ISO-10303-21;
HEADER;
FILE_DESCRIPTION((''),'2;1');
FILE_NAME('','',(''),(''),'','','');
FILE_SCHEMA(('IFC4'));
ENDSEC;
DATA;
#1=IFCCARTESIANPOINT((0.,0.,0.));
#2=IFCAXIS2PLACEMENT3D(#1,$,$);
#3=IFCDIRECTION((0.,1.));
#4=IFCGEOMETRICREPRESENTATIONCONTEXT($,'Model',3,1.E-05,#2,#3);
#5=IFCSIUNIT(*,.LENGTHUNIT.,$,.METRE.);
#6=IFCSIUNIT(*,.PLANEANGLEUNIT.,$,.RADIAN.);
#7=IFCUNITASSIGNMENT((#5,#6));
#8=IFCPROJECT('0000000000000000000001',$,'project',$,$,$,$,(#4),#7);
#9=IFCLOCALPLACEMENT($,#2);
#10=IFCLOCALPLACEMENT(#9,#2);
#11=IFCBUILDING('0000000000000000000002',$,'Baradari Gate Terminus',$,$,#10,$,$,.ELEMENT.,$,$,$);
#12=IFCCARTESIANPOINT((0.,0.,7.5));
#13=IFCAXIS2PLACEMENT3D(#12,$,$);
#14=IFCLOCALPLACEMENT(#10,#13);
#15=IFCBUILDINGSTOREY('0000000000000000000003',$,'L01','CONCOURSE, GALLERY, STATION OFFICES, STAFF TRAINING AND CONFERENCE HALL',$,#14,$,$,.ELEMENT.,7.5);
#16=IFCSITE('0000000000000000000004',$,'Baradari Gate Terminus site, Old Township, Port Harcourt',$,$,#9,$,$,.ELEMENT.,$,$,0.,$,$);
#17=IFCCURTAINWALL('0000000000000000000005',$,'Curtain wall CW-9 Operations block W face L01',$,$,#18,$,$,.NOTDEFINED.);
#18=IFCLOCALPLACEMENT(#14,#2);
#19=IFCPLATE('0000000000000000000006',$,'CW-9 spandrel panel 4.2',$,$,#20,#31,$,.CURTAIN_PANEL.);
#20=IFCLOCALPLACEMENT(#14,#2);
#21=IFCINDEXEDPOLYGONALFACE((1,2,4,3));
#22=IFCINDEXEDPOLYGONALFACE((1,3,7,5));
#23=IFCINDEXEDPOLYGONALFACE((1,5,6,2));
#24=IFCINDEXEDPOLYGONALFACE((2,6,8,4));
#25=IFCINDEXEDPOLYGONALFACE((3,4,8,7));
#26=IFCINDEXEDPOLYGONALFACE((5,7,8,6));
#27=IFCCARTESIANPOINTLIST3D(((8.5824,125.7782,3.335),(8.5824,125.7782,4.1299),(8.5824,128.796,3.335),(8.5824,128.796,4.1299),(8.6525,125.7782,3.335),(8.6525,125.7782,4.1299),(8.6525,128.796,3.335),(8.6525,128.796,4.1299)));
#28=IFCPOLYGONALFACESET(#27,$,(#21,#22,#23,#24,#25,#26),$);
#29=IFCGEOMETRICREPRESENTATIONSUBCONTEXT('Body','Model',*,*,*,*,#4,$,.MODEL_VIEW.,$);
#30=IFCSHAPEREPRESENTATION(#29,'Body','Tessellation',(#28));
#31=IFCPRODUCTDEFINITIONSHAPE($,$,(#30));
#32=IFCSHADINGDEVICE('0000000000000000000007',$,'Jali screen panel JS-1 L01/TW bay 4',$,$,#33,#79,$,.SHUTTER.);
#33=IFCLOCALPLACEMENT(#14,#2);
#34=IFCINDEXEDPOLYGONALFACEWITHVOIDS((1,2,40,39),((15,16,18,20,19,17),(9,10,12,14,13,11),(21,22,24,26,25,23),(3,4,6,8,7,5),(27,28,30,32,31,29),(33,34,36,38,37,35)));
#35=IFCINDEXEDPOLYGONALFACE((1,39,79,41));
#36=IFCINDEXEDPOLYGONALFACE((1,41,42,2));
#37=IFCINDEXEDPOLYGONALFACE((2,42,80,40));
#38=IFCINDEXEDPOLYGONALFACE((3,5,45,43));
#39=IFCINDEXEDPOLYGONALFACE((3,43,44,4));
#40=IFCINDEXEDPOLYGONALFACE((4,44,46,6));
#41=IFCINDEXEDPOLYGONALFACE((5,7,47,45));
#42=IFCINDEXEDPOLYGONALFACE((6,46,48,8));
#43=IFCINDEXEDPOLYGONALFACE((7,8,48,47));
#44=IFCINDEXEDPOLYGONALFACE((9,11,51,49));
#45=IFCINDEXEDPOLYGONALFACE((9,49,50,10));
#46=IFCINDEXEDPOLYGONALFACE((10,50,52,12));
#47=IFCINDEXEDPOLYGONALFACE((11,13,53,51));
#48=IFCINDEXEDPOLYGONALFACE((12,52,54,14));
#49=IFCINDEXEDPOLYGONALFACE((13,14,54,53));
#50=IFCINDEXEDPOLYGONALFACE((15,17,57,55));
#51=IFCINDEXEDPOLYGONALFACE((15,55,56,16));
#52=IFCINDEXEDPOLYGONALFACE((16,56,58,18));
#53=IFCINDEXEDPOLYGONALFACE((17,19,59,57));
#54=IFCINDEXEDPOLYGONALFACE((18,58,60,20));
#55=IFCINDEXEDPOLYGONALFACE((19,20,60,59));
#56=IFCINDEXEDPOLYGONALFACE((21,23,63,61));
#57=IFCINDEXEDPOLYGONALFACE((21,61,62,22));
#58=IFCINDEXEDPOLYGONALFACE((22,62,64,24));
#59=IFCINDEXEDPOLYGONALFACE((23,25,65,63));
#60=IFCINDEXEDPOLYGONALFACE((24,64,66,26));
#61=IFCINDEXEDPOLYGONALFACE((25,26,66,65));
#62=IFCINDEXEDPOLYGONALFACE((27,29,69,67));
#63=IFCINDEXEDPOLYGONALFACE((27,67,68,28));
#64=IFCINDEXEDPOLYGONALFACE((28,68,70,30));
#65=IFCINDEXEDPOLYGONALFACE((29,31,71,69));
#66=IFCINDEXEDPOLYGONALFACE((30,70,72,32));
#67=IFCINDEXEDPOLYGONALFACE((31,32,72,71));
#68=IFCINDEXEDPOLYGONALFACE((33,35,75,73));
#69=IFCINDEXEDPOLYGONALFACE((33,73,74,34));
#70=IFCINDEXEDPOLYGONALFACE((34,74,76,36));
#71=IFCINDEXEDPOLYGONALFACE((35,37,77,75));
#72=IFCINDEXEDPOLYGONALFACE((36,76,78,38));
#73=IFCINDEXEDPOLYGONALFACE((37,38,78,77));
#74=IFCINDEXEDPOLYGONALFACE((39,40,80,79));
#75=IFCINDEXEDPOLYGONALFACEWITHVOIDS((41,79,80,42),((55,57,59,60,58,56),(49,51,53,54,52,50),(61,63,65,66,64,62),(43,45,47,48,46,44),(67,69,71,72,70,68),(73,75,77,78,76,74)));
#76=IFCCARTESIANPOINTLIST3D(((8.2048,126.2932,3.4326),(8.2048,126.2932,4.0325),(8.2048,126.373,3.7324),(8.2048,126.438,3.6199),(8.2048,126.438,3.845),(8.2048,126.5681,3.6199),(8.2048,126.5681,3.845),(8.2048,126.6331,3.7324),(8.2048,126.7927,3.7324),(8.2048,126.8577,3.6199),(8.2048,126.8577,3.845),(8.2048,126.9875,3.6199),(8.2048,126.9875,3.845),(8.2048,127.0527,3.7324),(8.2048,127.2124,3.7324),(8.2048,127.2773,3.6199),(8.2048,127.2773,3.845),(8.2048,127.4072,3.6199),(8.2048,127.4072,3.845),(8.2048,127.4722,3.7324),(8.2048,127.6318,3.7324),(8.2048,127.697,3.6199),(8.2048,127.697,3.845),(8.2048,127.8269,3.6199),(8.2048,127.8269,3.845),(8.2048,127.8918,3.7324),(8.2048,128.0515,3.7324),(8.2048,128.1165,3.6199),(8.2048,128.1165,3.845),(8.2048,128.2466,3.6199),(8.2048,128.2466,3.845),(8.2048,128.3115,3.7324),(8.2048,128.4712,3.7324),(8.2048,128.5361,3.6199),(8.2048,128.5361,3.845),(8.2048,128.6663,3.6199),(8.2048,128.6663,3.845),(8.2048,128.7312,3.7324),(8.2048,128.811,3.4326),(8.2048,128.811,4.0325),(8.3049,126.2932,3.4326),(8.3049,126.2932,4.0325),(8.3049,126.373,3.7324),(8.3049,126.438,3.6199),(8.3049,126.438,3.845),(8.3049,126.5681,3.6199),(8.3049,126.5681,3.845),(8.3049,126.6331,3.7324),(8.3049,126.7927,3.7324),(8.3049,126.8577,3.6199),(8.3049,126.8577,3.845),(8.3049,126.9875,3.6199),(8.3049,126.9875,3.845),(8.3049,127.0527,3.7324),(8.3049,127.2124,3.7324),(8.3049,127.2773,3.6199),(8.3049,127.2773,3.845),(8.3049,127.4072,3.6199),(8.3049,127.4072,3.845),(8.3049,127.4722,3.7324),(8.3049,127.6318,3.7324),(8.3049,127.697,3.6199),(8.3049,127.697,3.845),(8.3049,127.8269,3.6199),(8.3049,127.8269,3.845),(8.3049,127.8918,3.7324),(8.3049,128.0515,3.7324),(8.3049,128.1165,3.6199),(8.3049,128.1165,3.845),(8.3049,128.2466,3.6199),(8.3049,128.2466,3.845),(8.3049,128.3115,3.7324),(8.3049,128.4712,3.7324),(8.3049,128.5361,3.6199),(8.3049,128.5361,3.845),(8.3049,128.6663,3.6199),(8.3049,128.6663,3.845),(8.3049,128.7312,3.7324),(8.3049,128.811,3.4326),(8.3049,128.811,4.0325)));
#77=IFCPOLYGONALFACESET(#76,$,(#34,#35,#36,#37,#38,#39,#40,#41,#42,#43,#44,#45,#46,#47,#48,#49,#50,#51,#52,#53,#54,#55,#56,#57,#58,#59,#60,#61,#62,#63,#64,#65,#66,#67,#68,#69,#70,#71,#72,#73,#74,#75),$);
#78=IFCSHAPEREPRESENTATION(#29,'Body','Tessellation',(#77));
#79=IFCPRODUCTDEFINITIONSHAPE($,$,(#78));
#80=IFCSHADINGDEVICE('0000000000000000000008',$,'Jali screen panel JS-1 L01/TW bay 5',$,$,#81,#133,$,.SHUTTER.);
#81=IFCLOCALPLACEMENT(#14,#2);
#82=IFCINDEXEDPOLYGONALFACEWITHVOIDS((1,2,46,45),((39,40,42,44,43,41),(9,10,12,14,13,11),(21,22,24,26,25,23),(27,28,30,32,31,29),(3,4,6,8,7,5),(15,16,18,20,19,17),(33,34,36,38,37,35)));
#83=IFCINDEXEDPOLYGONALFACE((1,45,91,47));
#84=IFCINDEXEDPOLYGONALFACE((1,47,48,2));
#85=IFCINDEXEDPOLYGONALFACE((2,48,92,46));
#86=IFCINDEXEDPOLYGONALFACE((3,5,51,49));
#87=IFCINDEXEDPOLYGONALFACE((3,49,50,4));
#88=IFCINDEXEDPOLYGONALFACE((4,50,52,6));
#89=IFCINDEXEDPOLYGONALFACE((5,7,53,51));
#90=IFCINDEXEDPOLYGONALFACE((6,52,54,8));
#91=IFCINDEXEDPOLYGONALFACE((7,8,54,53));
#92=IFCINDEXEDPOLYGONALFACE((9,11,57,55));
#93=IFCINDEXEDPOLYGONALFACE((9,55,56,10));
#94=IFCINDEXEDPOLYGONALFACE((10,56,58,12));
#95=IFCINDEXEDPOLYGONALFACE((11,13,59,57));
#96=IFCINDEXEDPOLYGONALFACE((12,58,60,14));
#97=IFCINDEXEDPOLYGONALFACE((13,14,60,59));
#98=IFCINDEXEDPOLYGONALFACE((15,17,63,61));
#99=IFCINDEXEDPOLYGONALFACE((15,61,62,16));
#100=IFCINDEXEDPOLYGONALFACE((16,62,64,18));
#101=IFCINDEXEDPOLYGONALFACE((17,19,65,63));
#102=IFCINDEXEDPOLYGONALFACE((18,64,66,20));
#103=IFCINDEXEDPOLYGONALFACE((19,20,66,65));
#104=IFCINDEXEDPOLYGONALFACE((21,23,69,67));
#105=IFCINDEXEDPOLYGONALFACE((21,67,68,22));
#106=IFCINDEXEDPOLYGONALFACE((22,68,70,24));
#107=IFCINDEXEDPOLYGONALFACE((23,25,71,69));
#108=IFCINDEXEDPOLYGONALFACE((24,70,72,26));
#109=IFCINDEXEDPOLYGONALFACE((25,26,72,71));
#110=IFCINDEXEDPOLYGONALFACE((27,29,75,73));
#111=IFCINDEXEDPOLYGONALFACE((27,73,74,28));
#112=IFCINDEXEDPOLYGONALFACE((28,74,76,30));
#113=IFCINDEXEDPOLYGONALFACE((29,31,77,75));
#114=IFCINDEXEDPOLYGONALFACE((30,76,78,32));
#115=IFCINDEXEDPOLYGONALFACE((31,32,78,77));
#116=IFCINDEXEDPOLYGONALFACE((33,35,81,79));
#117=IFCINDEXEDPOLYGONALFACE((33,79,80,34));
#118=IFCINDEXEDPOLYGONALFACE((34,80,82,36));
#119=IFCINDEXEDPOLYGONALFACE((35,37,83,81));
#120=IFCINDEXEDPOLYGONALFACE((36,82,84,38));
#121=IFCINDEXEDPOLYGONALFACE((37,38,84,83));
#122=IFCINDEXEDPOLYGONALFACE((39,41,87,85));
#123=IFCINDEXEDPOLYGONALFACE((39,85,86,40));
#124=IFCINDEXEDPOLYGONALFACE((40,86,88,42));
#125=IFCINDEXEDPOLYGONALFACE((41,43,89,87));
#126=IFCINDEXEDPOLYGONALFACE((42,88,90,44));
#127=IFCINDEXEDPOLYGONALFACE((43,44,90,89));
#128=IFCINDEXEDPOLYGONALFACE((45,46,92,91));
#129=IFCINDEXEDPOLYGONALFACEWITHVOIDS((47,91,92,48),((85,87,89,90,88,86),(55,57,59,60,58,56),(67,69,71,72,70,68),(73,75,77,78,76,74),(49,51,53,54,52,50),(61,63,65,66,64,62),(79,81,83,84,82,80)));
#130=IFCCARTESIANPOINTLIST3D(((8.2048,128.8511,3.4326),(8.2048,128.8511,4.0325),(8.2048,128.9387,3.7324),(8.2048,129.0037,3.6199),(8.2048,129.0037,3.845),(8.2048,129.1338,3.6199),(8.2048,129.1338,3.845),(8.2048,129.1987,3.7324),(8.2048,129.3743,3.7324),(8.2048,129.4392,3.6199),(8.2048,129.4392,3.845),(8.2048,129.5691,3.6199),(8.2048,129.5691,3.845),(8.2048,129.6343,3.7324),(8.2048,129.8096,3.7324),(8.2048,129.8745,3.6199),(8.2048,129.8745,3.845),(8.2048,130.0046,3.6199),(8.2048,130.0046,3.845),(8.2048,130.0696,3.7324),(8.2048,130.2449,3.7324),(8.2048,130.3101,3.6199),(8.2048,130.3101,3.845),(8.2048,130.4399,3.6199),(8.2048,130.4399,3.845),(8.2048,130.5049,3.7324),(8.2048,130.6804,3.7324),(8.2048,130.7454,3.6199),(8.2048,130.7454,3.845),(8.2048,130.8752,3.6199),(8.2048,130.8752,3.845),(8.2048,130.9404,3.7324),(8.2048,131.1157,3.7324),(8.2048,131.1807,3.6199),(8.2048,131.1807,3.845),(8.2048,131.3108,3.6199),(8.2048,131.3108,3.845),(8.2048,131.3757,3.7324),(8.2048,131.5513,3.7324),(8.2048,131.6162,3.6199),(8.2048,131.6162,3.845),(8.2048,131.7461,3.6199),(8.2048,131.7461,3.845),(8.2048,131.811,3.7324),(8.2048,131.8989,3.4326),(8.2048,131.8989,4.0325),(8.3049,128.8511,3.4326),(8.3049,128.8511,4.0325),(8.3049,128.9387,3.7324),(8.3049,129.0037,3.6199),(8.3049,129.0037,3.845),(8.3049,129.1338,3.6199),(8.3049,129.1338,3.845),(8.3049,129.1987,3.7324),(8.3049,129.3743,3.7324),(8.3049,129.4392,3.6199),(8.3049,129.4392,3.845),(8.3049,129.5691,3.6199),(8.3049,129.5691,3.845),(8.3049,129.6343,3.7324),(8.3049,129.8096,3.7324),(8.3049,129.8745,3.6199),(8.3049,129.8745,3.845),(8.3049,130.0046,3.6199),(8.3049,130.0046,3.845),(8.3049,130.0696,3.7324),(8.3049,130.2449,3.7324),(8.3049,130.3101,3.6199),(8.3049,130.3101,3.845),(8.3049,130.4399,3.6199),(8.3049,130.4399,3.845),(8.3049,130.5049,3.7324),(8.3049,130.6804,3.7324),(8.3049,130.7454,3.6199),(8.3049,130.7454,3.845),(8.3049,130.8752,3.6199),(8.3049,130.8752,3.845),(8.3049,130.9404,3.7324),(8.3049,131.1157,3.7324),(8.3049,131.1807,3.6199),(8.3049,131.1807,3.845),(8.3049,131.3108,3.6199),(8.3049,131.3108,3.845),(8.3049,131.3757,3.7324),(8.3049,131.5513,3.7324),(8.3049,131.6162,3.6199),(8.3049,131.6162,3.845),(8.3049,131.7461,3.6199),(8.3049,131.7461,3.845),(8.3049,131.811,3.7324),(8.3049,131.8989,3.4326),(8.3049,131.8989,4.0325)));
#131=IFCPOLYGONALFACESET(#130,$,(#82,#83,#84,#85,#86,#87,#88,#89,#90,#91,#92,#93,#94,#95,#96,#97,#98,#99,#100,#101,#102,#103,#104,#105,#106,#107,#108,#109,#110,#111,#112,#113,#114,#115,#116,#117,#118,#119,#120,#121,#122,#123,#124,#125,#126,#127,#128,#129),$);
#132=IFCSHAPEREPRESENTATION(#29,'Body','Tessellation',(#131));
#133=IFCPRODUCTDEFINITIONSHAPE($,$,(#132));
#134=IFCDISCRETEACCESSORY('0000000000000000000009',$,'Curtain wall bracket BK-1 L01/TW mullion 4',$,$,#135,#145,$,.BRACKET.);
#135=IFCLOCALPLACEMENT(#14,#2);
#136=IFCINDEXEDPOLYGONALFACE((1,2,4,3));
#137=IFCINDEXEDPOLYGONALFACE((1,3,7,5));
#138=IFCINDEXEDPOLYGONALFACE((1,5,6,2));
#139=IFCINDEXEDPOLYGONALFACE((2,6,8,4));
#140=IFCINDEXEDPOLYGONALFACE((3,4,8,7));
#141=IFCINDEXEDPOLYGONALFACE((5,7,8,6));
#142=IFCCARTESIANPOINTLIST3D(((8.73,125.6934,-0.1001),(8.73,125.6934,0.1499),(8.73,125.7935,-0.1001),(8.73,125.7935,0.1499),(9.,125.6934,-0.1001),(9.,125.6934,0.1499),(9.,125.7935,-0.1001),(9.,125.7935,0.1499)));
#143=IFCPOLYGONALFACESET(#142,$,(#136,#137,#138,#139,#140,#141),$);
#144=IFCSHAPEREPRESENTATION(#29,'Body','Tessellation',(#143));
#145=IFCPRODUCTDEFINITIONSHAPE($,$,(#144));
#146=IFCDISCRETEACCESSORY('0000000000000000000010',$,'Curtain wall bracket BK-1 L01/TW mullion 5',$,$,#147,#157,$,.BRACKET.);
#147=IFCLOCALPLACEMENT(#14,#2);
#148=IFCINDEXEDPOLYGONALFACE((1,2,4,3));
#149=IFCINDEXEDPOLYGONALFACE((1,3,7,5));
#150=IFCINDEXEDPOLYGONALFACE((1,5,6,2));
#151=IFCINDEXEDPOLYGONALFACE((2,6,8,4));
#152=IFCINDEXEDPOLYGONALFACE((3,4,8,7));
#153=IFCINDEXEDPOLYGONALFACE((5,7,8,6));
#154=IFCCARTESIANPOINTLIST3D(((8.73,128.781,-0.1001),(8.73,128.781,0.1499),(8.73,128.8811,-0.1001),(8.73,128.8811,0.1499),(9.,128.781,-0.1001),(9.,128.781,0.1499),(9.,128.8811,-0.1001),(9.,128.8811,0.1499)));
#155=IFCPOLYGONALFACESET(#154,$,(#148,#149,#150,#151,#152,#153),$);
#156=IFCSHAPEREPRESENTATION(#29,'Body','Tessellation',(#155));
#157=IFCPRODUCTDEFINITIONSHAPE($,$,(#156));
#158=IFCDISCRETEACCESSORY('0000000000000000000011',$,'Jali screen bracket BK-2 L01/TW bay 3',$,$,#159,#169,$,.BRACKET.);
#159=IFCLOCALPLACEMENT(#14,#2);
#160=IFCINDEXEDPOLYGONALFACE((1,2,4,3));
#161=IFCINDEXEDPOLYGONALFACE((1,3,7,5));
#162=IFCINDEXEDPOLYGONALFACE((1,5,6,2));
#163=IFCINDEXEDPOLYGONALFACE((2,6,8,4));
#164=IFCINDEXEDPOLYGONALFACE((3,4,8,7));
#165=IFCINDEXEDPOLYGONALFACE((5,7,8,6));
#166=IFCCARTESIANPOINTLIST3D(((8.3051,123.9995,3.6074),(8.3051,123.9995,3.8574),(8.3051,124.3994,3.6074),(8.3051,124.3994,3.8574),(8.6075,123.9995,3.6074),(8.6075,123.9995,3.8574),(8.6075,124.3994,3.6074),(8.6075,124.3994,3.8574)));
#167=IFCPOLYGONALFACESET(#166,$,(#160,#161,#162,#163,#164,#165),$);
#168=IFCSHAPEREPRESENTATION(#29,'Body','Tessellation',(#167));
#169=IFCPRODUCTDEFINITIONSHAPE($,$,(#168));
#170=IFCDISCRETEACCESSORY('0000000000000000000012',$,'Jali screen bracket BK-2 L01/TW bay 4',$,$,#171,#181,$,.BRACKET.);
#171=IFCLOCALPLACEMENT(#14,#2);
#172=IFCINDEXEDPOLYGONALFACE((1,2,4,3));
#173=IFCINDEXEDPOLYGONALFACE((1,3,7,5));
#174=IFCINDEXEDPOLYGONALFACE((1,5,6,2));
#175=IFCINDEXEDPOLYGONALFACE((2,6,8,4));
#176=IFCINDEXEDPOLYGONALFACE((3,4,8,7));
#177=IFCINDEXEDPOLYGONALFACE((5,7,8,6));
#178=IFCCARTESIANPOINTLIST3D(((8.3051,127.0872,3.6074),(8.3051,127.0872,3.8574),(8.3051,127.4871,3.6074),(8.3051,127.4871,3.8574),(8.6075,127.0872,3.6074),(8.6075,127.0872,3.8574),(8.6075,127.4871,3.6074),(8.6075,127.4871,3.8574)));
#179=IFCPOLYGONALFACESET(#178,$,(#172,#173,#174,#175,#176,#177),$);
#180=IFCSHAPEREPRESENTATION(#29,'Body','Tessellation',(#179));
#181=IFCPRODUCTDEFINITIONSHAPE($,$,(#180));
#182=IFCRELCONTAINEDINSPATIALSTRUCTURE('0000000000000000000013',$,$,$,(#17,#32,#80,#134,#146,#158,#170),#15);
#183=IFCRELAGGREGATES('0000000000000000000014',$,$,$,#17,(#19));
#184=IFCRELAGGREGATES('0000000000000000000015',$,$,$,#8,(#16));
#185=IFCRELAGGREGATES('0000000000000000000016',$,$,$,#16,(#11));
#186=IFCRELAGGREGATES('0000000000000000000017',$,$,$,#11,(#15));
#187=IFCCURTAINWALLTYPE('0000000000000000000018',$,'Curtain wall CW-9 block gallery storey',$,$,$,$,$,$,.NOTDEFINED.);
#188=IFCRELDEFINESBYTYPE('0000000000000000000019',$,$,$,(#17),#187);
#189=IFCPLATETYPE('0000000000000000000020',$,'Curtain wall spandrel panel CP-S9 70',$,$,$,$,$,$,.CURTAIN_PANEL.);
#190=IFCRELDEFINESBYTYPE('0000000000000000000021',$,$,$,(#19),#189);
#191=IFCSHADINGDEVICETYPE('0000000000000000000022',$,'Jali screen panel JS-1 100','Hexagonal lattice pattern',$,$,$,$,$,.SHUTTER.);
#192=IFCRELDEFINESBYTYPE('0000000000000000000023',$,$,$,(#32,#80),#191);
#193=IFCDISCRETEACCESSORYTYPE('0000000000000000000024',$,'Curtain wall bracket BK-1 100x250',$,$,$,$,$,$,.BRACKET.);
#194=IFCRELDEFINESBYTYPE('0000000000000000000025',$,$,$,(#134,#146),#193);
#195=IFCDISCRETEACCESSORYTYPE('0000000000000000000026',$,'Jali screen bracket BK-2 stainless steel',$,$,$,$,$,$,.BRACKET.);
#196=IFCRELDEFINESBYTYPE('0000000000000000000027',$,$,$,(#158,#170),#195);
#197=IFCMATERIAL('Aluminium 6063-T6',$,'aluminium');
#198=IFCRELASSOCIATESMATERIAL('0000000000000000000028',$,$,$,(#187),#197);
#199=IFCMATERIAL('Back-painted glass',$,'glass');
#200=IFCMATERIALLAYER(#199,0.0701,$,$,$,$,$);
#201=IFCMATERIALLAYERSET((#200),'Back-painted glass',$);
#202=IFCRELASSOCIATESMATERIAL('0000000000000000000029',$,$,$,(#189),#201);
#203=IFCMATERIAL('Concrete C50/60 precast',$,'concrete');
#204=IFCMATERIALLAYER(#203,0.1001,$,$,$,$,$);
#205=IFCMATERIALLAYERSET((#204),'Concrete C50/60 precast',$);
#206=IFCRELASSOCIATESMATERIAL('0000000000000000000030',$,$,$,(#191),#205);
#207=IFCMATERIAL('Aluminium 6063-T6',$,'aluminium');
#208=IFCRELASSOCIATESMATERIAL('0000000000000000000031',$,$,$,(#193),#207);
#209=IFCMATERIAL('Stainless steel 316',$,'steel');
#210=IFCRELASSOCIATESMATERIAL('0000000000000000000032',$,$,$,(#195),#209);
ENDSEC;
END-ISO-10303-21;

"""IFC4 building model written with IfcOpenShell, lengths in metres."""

from ifc_helpers import new_model, si_unit, direction, frame, origin, origin_2d, place, context, subcontext, project, spatial, polyline, rectangle, outline, extrude, material, layer, layer_set, type_object, element, aggregate, save


model = new_model("IFC4")

# Units and contexts
model_context = context("Model", 3, precision=1e-05, world=origin(), true_north=direction((0.0, 1.0)))
body_context = subcontext(model_context, "Body", "Model", "MODEL_VIEW")
ifc_project = project(units=[si_unit("LENGTHUNIT", "METRE"), si_unit("PLANEANGLEUNIT", "RADIAN")], contexts=[model_context])

# Site, building, storey
site_placement = place(None, origin())
site = spatial("IfcSite", under=ifc_project, at=site_placement, Name="Baradari Gate Terminus site, Old Township, Port Harcourt", CompositionType="ELEMENT", RefElevation=0.0)
building_placement = place(site_placement, origin())
building = spatial("IfcBuilding", under=site, at=building_placement, Name="Baradari Gate Terminus", CompositionType="ELEMENT")
storey_placement = place(building_placement, frame((0.0, 0.0, 7.5)))
storey = spatial("IfcBuildingStorey", under=building, at=storey_placement, Name="L01", Description="CONCOURSE, GALLERY, STATION OFFICES, STAFF TRAINING AND CONFERENCE HALL", CompositionType="ELEMENT", Elevation=7.5)

# Curtain wall
ifc_material_1 = material(Name="Aluminium 6063-T6", Category="aluminium")
curtain_wall_type = type_object("IfcCurtainWallType", Name="Curtain wall CW-9 block gallery storey", PredefinedType="NOTDEFINED", material=ifc_material_1)
curtain_wall_placement = place(storey_placement, origin())
curtain_wall = element("IfcCurtainWall", 1, at=curtain_wall_placement, inside=storey, type_object=curtain_wall_type, Name="Curtain wall CW-9 Operations block W face L01", PredefinedType="NOTDEFINED")

# Plate
ifc_material_2 = material(Name="Back-painted glass", Category="glass")
ifc_layer_1 = layer(ifc_material_2, 0.0701)
ifc_layer_set_1 = layer_set([ifc_layer_1], Name="Back-painted glass")
plate_type_1 = type_object("IfcPlateType", Name="Curtain wall spandrel panel CP-S9 70", PredefinedType="CURTAIN_PANEL", material=ifc_layer_set_1)
plate_1_placement = place(storey_placement, frame((8.6174, 127.2871, 3.335), z_axis=(0.0, 0.0, 1.0), x_axis=(0.0, 1.0, 0.0)))
plate_1 = element("IfcPlate", 2, at=plate_1_placement, type_object=plate_type_1, Name="CW-9 spandrel panel 4.2", PredefinedType="CURTAIN_PANEL", context=body_context, shape_type="SweptSolid", body=[
    extrude(rectangle(XDim=3.0178, YDim=0.0701, at=origin_2d()), origin(), (0.0, 0.0, 1.0), 0.7949),
])
aggregate(curtain_wall, [plate_1])

# Shading devices
ifc_material_3 = material(Name="Concrete C50/60 precast", Category="concrete")
ifc_layer_2 = layer(ifc_material_3, 0.1001)
ifc_layer_set_2 = layer_set([ifc_layer_2], Name="Concrete C50/60 precast")
shading_device_type = type_object("IfcShadingDeviceType", Name="Jali screen panel JS-1 100", Description="Hexagonal lattice pattern", PredefinedType="SHUTTER", material=ifc_layer_set_2)
shading_device_1_placement = place(storey_placement, frame((8.2549, 126.2932, 3.4326), z_axis=(0.0, 0.0, 1.0), x_axis=(0.0, 1.0, 0.0)))
element("IfcShadingDevice", 3, at=shading_device_1_placement, inside=storey, type_object=shading_device_type, Name="Jali screen panel JS-1 L01/TW bay 4", PredefinedType="SHUTTER", context=body_context, shape_type="SweptSolid", body=[
    extrude(outline(polyline([(0.0, 0.0), (2.5178, 0.0), (2.5178, 0.5999), (0.0, 0.5999), (0.0, 0.0)]), holes=[polyline([(0.3398, 0.2998), (0.2749, 0.1873), (0.1448, 0.1873), (0.0798, 0.2998), (0.1448, 0.4124), (0.2749, 0.4124), (0.3398, 0.2998)]), polyline([(0.7595, 0.2998), (0.6943, 0.1873), (0.5645, 0.1873), (0.4995, 0.2998), (0.5645, 0.4124), (0.6943, 0.4124), (0.7595, 0.2998)]), polyline([(1.179, 0.2998), (1.114, 0.1873), (0.9841, 0.1873), (0.9192, 0.2998), (0.9841, 0.4124), (1.114, 0.4124), (1.179, 0.2998)]), polyline([(1.5986, 0.2998), (1.5337, 0.1873), (1.4038, 0.1873), (1.3386, 0.2998), (1.4038, 0.4124), (1.5337, 0.4124), (1.5986, 0.2998)]), polyline([(2.0183, 0.2998), (1.9534, 0.1873), (1.8232, 0.1873), (1.7583, 0.2998), (1.8232, 0.4124), (1.9534, 0.4124), (2.0183, 0.2998)]), polyline([(2.438, 0.2998), (2.373, 0.1873), (2.2429, 0.1873), (2.178, 0.2998), (2.2429, 0.4124), (2.373, 0.4124), (2.438, 0.2998)])]), frame((0.0, 0.05, 0.0), z_axis=(0.0, -1.0, 0.0), x_axis=(1.0, 0.0, 0.0)), (0.0, 0.0, 1.0), 0.1001),
])
shading_device_2_placement = place(storey_placement, frame((8.2549, 128.8511, 3.4326), z_axis=(0.0, 0.0, 1.0), x_axis=(0.0, 1.0, 0.0)))
element("IfcShadingDevice", 4, at=shading_device_2_placement, inside=storey, type_object=shading_device_type, Name="Jali screen panel JS-1 L01/TW bay 5", PredefinedType="SHUTTER", context=body_context, shape_type="SweptSolid", body=[
    extrude(outline(polyline([(0.0, 0.0), (3.0479, 0.0), (3.0479, 0.5999), (0.0, 0.5999), (0.0, 0.0)]), holes=[polyline([(0.3477, 0.2998), (0.2827, 0.1873), (0.1526, 0.1873), (0.0876, 0.2998), (0.1526, 0.4124), (0.2827, 0.4124), (0.3477, 0.2998)]), polyline([(0.7832, 0.2998), (0.718, 0.1873), (0.5881, 0.1873), (0.5232, 0.2998), (0.5881, 0.4124), (0.718, 0.4124), (0.7832, 0.2998)]), polyline([(1.2185, 0.2998), (1.1536, 0.1873), (1.0234, 0.1873), (0.9585, 0.2998), (1.0234, 0.4124), (1.1536, 0.4124), (1.2185, 0.2998)]), polyline([(1.6538, 0.2998), (1.5889, 0.1873), (1.459, 0.1873), (1.3938, 0.2998), (1.459, 0.4124), (1.5889, 0.4124), (1.6538, 0.2998)]), polyline([(2.0894, 0.2998), (2.0242, 0.1873), (1.8943, 0.1873), (1.8293, 0.2998), (1.8943, 0.4124), (2.0242, 0.4124), (2.0894, 0.2998)]), polyline([(2.5247, 0.2998), (2.4597, 0.1873), (2.3296, 0.1873), (2.2646, 0.2998), (2.3296, 0.4124), (2.4597, 0.4124), (2.5247, 0.2998)]), polyline([(2.96, 0.2998), (2.895, 0.1873), (2.7651, 0.1873), (2.7002, 0.2998), (2.7651, 0.4124), (2.895, 0.4124), (2.96, 0.2998)])]), frame((0.0, 0.05, 0.0), z_axis=(0.0, -1.0, 0.0), x_axis=(1.0, 0.0, 0.0)), (0.0, 0.0, 1.0), 0.1001),
])

# Discrete accessories
ifc_material_4 = material(Name="Aluminium 6063-T6", Category="aluminium")
discrete_accessory_type_1 = type_object("IfcDiscreteAccessoryType", Name="Curtain wall bracket BK-1 100x250", PredefinedType="BRACKET", material=ifc_material_4)
for number, where, z_axis, x_axis, name in (
    (5, (8.865, 125.7434, -0.1001), (0.0, 0.0, 1.0), (-1.0, 0.0, 0.0), "Curtain wall bracket BK-1 L01/TW mullion 4"),
    (6, (8.865, 128.8311, -0.1001), (0.0, 0.0, 1.0), (-1.0, 0.0, 0.0), "Curtain wall bracket BK-1 L01/TW mullion 5"),
):
    element("IfcDiscreteAccessory", number, at=place(storey_placement, frame(where, z_axis=z_axis, x_axis=x_axis)), inside=storey, type_object=discrete_accessory_type_1, Name=name, PredefinedType="BRACKET", context=body_context, shape_type="SweptSolid", body=[
        extrude(rectangle(XDim=0.27, YDim=0.1001, at=origin_2d()), origin(), (0.0, 0.0, 1.0), 0.25),
    ])
ifc_material_5 = material(Name="Stainless steel 316", Category="steel")
discrete_accessory_type_2 = type_object("IfcDiscreteAccessoryType", Name="Jali screen bracket BK-2 stainless steel", PredefinedType="BRACKET", material=ifc_material_5)
for number, where, z_axis, x_axis, name in (
    (7, (8.4563, 124.1995, 3.6074), (0.0, 0.0, 1.0), (-1.0, 0.0, 0.0), "Jali screen bracket BK-2 L01/TW bay 3"),
    (8, (8.4563, 127.2871, 3.6074), (0.0, 0.0, 1.0), (-1.0, 0.0, 0.0), "Jali screen bracket BK-2 L01/TW bay 4"),
):
    element("IfcDiscreteAccessory", number, at=place(storey_placement, frame(where, z_axis=z_axis, x_axis=x_axis)), inside=storey, type_object=discrete_accessory_type_2, Name=name, PredefinedType="BRACKET", context=body_context, shape_type="SweptSolid", body=[
        extrude(rectangle(XDim=0.3025, YDim=0.3999, at=origin_2d()), origin(), (0.0, 0.0, 1.0), 0.25),
    ])

save(model, "model.ifc")
